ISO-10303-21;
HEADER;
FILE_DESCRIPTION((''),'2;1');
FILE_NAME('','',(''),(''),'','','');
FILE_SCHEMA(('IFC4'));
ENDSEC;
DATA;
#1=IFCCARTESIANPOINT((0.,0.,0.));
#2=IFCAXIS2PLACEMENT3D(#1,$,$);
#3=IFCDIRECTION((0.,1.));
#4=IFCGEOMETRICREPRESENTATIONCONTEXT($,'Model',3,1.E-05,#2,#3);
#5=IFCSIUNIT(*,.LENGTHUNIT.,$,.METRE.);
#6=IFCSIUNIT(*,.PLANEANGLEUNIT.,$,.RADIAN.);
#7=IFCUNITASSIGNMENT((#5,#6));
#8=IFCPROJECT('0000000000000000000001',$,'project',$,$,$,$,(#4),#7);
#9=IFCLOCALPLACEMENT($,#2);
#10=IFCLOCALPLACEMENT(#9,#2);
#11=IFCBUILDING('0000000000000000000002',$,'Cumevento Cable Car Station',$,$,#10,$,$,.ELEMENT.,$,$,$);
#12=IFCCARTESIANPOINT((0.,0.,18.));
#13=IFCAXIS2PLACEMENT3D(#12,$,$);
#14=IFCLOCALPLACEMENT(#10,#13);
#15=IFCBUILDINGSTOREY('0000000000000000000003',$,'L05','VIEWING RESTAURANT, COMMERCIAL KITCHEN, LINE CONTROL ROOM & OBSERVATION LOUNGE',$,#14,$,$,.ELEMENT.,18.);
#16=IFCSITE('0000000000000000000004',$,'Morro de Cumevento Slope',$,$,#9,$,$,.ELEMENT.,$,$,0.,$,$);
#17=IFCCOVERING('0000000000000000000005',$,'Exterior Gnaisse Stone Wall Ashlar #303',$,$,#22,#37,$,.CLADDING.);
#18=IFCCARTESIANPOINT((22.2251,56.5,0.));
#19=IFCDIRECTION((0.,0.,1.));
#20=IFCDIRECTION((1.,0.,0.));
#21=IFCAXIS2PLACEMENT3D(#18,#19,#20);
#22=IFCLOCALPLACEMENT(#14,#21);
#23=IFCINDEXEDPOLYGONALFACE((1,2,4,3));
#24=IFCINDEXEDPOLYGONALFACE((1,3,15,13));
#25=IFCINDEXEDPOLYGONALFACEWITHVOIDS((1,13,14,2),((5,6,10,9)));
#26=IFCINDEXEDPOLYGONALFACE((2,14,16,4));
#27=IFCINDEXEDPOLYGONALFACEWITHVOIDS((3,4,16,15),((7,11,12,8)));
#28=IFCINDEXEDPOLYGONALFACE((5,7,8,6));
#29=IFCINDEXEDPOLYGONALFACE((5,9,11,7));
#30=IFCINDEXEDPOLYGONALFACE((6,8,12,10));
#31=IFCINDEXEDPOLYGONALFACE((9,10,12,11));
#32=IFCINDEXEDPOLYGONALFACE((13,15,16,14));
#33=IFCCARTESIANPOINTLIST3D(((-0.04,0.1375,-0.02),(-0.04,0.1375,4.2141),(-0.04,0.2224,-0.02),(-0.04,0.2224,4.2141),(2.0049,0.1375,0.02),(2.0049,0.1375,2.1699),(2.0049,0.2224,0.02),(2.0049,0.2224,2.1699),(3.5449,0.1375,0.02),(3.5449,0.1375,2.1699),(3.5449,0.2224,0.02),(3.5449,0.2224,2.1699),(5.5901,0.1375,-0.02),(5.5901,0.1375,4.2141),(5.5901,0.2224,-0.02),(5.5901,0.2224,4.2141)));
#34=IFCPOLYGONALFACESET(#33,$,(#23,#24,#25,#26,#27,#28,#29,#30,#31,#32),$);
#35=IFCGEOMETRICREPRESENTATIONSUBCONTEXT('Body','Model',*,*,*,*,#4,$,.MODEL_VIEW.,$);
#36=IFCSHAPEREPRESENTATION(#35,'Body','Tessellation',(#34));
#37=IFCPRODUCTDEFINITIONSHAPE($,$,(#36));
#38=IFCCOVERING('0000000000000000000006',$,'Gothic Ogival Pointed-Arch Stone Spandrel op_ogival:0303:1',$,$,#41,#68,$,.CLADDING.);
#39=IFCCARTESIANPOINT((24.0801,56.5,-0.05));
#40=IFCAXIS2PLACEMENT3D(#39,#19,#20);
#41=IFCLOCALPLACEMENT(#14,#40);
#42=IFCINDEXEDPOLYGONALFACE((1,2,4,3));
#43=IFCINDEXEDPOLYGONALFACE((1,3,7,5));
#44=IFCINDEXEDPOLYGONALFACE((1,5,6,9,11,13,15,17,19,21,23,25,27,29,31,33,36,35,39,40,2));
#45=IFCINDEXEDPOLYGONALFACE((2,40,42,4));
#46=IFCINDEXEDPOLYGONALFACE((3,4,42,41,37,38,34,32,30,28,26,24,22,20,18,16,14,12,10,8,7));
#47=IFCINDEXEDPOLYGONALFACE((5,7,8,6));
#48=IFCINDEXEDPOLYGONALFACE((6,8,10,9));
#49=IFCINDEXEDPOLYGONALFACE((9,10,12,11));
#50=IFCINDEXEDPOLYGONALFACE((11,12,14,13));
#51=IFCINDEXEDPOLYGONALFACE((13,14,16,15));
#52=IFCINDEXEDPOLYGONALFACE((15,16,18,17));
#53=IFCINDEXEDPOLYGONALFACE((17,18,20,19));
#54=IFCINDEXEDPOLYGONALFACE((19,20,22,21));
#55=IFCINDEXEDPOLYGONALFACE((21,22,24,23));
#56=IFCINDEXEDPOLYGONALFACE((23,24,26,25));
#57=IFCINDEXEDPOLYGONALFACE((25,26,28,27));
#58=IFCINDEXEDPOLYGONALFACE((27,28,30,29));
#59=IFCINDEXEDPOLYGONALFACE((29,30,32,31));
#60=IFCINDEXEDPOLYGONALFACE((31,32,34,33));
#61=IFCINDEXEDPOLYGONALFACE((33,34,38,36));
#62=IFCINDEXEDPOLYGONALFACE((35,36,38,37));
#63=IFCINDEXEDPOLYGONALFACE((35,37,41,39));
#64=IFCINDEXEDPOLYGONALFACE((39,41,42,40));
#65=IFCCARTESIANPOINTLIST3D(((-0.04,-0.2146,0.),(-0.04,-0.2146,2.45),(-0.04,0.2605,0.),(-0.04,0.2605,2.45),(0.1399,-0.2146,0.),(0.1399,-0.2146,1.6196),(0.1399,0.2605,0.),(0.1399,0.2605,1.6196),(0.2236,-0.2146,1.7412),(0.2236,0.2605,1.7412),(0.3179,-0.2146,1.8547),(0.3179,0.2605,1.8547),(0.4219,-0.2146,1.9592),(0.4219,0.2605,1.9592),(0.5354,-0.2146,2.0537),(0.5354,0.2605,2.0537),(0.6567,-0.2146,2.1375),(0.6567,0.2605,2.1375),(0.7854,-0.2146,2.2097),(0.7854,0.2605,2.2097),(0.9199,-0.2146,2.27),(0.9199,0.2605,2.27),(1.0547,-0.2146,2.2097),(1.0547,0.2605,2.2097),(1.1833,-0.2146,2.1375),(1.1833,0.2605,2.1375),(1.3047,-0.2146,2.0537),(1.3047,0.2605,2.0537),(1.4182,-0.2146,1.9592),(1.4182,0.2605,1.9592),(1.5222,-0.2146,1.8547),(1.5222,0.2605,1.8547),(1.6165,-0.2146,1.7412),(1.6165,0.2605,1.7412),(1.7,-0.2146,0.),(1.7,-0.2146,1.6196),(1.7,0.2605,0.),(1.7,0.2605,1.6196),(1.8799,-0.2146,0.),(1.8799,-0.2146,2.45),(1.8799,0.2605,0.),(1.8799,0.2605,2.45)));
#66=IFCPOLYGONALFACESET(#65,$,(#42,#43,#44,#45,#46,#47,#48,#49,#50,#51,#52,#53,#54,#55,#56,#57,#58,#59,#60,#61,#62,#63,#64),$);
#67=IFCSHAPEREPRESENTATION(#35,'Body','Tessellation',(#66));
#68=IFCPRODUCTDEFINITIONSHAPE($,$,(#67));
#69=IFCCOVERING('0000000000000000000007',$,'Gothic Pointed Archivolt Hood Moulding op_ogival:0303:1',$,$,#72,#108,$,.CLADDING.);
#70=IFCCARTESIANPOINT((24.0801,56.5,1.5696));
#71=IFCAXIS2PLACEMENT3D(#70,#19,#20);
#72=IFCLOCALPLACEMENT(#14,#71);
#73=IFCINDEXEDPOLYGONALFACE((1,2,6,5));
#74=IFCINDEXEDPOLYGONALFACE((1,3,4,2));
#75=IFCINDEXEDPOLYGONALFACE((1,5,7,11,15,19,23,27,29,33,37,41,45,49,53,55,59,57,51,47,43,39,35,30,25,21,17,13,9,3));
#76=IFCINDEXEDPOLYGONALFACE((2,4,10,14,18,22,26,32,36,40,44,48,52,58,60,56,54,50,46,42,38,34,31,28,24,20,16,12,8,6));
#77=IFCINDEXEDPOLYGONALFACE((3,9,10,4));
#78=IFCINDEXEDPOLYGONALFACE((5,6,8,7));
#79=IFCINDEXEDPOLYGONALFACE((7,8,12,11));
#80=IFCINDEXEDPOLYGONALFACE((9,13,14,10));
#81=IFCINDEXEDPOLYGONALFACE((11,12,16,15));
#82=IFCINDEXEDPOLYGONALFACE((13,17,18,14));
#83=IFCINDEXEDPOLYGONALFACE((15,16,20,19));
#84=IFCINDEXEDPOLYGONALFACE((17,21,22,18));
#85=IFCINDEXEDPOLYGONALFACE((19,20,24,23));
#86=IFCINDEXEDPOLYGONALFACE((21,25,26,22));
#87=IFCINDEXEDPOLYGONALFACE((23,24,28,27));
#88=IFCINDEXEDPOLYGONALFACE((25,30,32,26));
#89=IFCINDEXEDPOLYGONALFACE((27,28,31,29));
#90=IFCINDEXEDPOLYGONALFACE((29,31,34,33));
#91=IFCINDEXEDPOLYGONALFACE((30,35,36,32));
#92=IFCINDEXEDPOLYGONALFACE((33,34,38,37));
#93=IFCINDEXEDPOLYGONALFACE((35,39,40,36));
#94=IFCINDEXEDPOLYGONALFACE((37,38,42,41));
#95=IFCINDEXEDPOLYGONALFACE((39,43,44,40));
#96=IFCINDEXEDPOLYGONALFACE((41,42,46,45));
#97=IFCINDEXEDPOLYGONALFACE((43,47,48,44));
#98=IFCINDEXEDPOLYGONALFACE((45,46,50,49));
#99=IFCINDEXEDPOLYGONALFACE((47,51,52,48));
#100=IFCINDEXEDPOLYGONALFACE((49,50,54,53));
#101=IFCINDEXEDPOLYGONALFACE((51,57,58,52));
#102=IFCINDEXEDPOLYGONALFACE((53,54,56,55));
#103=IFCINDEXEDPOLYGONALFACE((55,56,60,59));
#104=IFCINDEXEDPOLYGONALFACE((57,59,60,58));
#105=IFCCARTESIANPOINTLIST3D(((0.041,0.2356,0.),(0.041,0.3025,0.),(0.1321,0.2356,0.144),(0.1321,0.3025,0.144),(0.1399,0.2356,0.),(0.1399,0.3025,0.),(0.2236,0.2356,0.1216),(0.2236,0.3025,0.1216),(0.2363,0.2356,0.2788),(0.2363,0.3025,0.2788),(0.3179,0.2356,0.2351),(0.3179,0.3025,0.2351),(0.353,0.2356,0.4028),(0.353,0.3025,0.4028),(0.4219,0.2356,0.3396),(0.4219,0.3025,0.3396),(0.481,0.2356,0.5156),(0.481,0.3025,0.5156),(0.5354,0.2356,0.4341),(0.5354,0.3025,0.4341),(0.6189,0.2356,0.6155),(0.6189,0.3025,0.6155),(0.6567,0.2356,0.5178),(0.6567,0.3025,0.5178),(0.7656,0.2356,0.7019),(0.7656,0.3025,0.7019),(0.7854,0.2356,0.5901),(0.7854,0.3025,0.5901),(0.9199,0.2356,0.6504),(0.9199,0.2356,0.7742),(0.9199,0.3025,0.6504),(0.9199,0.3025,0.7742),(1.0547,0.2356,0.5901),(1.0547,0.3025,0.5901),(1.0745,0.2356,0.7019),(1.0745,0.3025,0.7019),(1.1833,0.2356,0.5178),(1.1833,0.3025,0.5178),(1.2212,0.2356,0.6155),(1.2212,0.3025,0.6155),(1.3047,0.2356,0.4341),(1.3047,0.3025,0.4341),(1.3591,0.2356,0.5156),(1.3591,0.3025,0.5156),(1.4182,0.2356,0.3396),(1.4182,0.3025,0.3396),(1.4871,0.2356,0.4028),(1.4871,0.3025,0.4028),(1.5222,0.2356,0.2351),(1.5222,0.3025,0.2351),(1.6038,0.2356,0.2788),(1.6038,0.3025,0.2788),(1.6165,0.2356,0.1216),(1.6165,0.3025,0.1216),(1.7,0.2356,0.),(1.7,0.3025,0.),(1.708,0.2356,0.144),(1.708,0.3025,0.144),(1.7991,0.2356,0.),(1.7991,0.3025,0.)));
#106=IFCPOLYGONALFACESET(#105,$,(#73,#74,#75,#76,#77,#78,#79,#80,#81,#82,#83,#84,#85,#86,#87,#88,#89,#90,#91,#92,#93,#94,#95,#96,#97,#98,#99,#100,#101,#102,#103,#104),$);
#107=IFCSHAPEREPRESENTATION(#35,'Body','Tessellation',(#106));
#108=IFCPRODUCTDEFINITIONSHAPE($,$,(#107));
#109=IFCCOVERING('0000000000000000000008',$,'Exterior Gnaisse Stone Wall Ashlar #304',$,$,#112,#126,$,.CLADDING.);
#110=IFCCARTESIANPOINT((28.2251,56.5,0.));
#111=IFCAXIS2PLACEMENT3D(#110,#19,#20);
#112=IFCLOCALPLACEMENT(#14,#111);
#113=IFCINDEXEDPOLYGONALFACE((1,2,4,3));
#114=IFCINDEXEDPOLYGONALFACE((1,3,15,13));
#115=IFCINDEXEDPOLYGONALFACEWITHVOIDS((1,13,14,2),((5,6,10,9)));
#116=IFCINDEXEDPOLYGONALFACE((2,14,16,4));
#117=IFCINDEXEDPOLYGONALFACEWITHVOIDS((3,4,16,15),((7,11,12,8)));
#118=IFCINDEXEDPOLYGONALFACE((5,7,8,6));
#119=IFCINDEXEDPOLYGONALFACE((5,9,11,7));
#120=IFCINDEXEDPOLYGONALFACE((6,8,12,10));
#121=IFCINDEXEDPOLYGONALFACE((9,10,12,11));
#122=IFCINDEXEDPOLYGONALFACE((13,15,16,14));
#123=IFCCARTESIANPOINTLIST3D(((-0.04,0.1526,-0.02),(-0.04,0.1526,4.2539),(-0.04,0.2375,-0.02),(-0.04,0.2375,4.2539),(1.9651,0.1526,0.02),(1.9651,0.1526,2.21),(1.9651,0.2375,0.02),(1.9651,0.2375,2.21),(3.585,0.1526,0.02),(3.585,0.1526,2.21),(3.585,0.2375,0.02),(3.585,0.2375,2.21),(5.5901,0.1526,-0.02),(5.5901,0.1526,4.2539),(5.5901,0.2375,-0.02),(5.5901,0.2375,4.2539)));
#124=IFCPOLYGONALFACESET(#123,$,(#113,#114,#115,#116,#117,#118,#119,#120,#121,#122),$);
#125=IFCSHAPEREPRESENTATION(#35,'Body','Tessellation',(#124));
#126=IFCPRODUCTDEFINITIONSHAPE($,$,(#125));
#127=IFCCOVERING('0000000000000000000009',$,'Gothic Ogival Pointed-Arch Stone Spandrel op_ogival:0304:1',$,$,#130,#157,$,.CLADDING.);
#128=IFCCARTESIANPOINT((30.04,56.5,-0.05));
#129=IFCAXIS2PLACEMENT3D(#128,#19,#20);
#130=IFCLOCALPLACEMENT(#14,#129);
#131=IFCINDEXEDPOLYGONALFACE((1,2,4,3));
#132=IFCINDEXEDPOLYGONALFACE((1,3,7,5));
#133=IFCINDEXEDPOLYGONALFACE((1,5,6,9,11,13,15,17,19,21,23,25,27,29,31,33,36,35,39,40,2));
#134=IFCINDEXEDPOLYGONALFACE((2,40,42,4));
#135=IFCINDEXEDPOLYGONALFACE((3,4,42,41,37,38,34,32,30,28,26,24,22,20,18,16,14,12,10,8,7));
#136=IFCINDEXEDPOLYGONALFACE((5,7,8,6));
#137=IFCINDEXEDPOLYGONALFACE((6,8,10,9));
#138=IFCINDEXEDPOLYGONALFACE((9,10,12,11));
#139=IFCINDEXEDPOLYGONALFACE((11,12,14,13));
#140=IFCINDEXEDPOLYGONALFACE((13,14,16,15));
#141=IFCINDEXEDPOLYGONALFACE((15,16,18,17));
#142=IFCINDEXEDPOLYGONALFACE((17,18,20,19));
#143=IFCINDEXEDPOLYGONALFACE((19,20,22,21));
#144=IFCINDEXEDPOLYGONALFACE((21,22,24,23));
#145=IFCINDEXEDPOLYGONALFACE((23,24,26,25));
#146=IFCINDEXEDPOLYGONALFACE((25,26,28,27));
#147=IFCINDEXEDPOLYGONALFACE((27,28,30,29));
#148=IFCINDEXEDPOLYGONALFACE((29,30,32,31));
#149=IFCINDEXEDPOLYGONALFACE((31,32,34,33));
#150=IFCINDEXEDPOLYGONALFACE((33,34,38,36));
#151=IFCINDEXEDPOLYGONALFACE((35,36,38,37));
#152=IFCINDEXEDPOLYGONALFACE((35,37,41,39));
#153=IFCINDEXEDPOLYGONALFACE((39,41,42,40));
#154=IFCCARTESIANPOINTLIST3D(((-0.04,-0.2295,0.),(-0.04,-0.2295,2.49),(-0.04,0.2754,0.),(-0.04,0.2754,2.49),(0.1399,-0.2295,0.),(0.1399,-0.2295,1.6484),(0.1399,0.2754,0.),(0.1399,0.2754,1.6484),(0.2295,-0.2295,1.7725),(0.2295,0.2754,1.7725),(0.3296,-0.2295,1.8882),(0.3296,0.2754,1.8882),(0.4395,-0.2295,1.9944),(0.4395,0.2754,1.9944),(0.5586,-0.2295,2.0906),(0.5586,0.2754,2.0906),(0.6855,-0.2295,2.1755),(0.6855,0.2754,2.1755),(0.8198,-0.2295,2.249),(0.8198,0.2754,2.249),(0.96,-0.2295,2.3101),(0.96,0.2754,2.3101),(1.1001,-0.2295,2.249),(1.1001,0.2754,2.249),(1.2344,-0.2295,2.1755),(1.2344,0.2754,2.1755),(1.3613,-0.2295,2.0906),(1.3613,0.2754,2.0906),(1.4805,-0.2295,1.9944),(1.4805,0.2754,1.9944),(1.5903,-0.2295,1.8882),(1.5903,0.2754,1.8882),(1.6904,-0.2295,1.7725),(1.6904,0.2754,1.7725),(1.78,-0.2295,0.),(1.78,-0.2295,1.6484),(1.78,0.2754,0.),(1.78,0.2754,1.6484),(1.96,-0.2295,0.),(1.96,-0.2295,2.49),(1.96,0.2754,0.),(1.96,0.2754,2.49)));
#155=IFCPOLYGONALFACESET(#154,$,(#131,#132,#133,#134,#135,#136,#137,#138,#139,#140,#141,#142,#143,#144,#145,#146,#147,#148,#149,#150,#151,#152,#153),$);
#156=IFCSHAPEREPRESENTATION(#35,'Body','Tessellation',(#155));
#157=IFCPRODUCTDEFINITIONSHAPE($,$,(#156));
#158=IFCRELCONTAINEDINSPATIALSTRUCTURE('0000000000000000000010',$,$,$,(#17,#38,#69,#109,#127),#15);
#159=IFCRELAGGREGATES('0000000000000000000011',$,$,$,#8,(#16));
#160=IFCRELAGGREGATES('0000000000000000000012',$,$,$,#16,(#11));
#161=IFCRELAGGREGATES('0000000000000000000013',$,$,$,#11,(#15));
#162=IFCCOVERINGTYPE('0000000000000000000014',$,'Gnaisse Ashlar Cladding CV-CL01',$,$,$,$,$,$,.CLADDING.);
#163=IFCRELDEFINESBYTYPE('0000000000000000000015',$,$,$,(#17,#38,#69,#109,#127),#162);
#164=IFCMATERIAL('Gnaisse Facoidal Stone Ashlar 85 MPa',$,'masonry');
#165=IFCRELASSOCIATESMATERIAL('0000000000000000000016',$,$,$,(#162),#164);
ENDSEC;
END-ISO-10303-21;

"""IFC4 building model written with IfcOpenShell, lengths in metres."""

from ifc_helpers import new_model, si_unit, direction, frame, origin, place, context, subcontext, project, spatial, polyline, outline, extrude, material, type_object, element, save


model = new_model("IFC4")

# Units and contexts
model_context = context("Model", 3, precision=1e-05, world=origin(), true_north=direction((0.0, 1.0)))
body_context = subcontext(model_context, "Body", "Model", "MODEL_VIEW")
ifc_project = project(units=[si_unit("LENGTHUNIT", "METRE"), si_unit("PLANEANGLEUNIT", "RADIAN")], contexts=[model_context])

# Site, building, storey
site_placement = place(None, origin())
site = spatial("IfcSite", under=ifc_project, at=site_placement, Name="Morro de Cumevento Slope", CompositionType="ELEMENT", RefElevation=0.0)
building_placement = place(site_placement, origin())
building = spatial("IfcBuilding", under=site, at=building_placement, Name="Cumevento Cable Car Station", CompositionType="ELEMENT")
storey_placement = place(building_placement, frame((0.0, 0.0, 18.0)))
storey = spatial("IfcBuildingStorey", under=building, at=storey_placement, Name="L05", Description="VIEWING RESTAURANT, COMMERCIAL KITCHEN, LINE CONTROL ROOM & OBSERVATION LOUNGE", CompositionType="ELEMENT", Elevation=18.0)

# Coverings
ifc_material_1 = material(Name="Gnaisse Facoidal Stone Ashlar 85 MPa", Category="masonry")
covering_type = type_object("IfcCoveringType", Name="Gnaisse Ashlar Cladding CV-CL01", PredefinedType="CLADDING", material=ifc_material_1)
covering_1_placement = place(storey_placement, frame((22.2251, 56.5, 0.0), z_axis=(0.0, 0.0, 1.0), x_axis=(1.0, 0.0, 0.0)))
element("IfcCovering", 1, at=covering_1_placement, inside=storey, type_object=covering_type, Name="Exterior Gnaisse Stone Wall Ashlar #303", PredefinedType="CLADDING", context=body_context, shape_type="SweptSolid", body=[
    extrude(outline(polyline([(-0.04, -0.02), (5.5901, -0.02), (5.5901, 4.2141), (-0.04, 4.2141), (-0.04, -0.02)]), holes=[polyline([(2.0049, 0.02), (3.5449, 0.02), (3.5449, 2.1699), (2.0049, 2.1699), (2.0049, 0.02)])]), frame((0.0, 0.2224, 0.0), z_axis=(0.0, -1.0, 0.0), x_axis=(1.0, 0.0, 0.0)), (0.0, 0.0, 1.0), 0.085),
])
covering_2_placement = place(storey_placement, frame((24.0801, 56.5, -0.05), z_axis=(0.0, 0.0, 1.0), x_axis=(1.0, 0.0, 0.0)))
element("IfcCovering", 2, at=covering_2_placement, inside=storey, type_object=covering_type, Name="Gothic Ogival Pointed-Arch Stone Spandrel op_ogival:0303:1", PredefinedType="CLADDING", context=body_context, shape_type="SweptSolid", body=[
    extrude(outline(polyline([(-0.04, 0.0), (-0.04, 2.45), (1.8799, 2.45), (1.8799, 0.0), (1.7, 0.0), (1.7, 1.6196), (1.6165, 1.7412), (1.5222, 1.8547), (1.4182, 1.9592), (1.3047, 2.0537), (1.1833, 2.1375), (1.0547, 2.2097), (0.9199, 2.27), (0.7854, 2.2097), (0.6567, 2.1375), (0.5354, 2.0537), (0.4219, 1.9592), (0.3179, 1.8547), (0.2236, 1.7412), (0.1399, 1.6196), (0.1399, 0.0), (-0.04, 0.0)])), frame((0.0, 0.2605, 0.0), z_axis=(0.0, -1.0, 0.0), x_axis=(1.0, 0.0, 0.0)), (0.0, 0.0, 1.0), 0.4751),
])
covering_3_placement = place(storey_placement, frame((24.0801, 56.5, 1.5696), z_axis=(0.0, 0.0, 1.0), x_axis=(1.0, 0.0, 0.0)))
element("IfcCovering", 3, at=covering_3_placement, inside=storey, type_object=covering_type, Name="Gothic Pointed Archivolt Hood Moulding op_ogival:0303:1", PredefinedType="CLADDING", context=body_context, shape_type="SweptSolid", body=[
    extrude(outline(polyline([(0.1399, 0.0), (0.2236, 0.1216), (0.3179, 0.2351), (0.4219, 0.3396), (0.5354, 0.4341), (0.6567, 0.5178), (0.7854, 0.5901), (0.9199, 0.6504), (1.0547, 0.5901), (1.1833, 0.5178), (1.3047, 0.4341), (1.4182, 0.3396), (1.5222, 0.2351), (1.6165, 0.1216), (1.7, 0.0), (1.7991, 0.0), (1.708, 0.144), (1.6038, 0.2788), (1.4871, 0.4028), (1.3591, 0.5156), (1.2212, 0.6155), (1.0745, 0.7019), (0.9199, 0.7742), (0.7656, 0.7019), (0.6189, 0.6155), (0.481, 0.5156), (0.353, 0.4028), (0.2363, 0.2788), (0.1321, 0.144), (0.041, 0.0), (0.1399, 0.0)])), frame((0.0, 0.3025, 0.0), z_axis=(0.0, -1.0, 0.0), x_axis=(1.0, 0.0, 0.0)), (0.0, 0.0, 1.0), 0.0669),
])
covering_4_placement = place(storey_placement, frame((28.2251, 56.5, 0.0), z_axis=(0.0, 0.0, 1.0), x_axis=(1.0, 0.0, 0.0)))
element("IfcCovering", 4, at=covering_4_placement, inside=storey, type_object=covering_type, Name="Exterior Gnaisse Stone Wall Ashlar #304", PredefinedType="CLADDING", context=body_context, shape_type="SweptSolid", body=[
    extrude(outline(polyline([(-0.04, -0.02), (5.5901, -0.02), (5.5901, 4.2539), (-0.04, 4.2539), (-0.04, -0.02)]), holes=[polyline([(1.9651, 0.02), (3.585, 0.02), (3.585, 2.21), (1.9651, 2.21), (1.9651, 0.02)])]), frame((0.0, 0.2375, 0.0), z_axis=(0.0, -1.0, 0.0), x_axis=(1.0, 0.0, 0.0)), (0.0, 0.0, 1.0), 0.085),
])
covering_5_placement = place(storey_placement, frame((30.04, 56.5, -0.05), z_axis=(0.0, 0.0, 1.0), x_axis=(1.0, 0.0, 0.0)))
element("IfcCovering", 5, at=covering_5_placement, inside=storey, type_object=covering_type, Name="Gothic Ogival Pointed-Arch Stone Spandrel op_ogival:0304:1", PredefinedType="CLADDING", context=body_context, shape_type="SweptSolid", body=[
    extrude(outline(polyline([(-0.04, 0.0), (-0.04, 2.49), (1.96, 2.49), (1.96, 0.0), (1.78, 0.0), (1.78, 1.6484), (1.6904, 1.7725), (1.5903, 1.8882), (1.4805, 1.9944), (1.3613, 2.0906), (1.2344, 2.1755), (1.1001, 2.249), (0.96, 2.3101), (0.8198, 2.249), (0.6855, 2.1755), (0.5586, 2.0906), (0.4395, 1.9944), (0.3296, 1.8882), (0.2295, 1.7725), (0.1399, 1.6484), (0.1399, 0.0), (-0.04, 0.0)])), frame((0.0, 0.2754, 0.0), z_axis=(0.0, -1.0, 0.0), x_axis=(1.0, 0.0, 0.0)), (0.0, 0.0, 1.0), 0.5049),
])

save(model, "model.ifc")
